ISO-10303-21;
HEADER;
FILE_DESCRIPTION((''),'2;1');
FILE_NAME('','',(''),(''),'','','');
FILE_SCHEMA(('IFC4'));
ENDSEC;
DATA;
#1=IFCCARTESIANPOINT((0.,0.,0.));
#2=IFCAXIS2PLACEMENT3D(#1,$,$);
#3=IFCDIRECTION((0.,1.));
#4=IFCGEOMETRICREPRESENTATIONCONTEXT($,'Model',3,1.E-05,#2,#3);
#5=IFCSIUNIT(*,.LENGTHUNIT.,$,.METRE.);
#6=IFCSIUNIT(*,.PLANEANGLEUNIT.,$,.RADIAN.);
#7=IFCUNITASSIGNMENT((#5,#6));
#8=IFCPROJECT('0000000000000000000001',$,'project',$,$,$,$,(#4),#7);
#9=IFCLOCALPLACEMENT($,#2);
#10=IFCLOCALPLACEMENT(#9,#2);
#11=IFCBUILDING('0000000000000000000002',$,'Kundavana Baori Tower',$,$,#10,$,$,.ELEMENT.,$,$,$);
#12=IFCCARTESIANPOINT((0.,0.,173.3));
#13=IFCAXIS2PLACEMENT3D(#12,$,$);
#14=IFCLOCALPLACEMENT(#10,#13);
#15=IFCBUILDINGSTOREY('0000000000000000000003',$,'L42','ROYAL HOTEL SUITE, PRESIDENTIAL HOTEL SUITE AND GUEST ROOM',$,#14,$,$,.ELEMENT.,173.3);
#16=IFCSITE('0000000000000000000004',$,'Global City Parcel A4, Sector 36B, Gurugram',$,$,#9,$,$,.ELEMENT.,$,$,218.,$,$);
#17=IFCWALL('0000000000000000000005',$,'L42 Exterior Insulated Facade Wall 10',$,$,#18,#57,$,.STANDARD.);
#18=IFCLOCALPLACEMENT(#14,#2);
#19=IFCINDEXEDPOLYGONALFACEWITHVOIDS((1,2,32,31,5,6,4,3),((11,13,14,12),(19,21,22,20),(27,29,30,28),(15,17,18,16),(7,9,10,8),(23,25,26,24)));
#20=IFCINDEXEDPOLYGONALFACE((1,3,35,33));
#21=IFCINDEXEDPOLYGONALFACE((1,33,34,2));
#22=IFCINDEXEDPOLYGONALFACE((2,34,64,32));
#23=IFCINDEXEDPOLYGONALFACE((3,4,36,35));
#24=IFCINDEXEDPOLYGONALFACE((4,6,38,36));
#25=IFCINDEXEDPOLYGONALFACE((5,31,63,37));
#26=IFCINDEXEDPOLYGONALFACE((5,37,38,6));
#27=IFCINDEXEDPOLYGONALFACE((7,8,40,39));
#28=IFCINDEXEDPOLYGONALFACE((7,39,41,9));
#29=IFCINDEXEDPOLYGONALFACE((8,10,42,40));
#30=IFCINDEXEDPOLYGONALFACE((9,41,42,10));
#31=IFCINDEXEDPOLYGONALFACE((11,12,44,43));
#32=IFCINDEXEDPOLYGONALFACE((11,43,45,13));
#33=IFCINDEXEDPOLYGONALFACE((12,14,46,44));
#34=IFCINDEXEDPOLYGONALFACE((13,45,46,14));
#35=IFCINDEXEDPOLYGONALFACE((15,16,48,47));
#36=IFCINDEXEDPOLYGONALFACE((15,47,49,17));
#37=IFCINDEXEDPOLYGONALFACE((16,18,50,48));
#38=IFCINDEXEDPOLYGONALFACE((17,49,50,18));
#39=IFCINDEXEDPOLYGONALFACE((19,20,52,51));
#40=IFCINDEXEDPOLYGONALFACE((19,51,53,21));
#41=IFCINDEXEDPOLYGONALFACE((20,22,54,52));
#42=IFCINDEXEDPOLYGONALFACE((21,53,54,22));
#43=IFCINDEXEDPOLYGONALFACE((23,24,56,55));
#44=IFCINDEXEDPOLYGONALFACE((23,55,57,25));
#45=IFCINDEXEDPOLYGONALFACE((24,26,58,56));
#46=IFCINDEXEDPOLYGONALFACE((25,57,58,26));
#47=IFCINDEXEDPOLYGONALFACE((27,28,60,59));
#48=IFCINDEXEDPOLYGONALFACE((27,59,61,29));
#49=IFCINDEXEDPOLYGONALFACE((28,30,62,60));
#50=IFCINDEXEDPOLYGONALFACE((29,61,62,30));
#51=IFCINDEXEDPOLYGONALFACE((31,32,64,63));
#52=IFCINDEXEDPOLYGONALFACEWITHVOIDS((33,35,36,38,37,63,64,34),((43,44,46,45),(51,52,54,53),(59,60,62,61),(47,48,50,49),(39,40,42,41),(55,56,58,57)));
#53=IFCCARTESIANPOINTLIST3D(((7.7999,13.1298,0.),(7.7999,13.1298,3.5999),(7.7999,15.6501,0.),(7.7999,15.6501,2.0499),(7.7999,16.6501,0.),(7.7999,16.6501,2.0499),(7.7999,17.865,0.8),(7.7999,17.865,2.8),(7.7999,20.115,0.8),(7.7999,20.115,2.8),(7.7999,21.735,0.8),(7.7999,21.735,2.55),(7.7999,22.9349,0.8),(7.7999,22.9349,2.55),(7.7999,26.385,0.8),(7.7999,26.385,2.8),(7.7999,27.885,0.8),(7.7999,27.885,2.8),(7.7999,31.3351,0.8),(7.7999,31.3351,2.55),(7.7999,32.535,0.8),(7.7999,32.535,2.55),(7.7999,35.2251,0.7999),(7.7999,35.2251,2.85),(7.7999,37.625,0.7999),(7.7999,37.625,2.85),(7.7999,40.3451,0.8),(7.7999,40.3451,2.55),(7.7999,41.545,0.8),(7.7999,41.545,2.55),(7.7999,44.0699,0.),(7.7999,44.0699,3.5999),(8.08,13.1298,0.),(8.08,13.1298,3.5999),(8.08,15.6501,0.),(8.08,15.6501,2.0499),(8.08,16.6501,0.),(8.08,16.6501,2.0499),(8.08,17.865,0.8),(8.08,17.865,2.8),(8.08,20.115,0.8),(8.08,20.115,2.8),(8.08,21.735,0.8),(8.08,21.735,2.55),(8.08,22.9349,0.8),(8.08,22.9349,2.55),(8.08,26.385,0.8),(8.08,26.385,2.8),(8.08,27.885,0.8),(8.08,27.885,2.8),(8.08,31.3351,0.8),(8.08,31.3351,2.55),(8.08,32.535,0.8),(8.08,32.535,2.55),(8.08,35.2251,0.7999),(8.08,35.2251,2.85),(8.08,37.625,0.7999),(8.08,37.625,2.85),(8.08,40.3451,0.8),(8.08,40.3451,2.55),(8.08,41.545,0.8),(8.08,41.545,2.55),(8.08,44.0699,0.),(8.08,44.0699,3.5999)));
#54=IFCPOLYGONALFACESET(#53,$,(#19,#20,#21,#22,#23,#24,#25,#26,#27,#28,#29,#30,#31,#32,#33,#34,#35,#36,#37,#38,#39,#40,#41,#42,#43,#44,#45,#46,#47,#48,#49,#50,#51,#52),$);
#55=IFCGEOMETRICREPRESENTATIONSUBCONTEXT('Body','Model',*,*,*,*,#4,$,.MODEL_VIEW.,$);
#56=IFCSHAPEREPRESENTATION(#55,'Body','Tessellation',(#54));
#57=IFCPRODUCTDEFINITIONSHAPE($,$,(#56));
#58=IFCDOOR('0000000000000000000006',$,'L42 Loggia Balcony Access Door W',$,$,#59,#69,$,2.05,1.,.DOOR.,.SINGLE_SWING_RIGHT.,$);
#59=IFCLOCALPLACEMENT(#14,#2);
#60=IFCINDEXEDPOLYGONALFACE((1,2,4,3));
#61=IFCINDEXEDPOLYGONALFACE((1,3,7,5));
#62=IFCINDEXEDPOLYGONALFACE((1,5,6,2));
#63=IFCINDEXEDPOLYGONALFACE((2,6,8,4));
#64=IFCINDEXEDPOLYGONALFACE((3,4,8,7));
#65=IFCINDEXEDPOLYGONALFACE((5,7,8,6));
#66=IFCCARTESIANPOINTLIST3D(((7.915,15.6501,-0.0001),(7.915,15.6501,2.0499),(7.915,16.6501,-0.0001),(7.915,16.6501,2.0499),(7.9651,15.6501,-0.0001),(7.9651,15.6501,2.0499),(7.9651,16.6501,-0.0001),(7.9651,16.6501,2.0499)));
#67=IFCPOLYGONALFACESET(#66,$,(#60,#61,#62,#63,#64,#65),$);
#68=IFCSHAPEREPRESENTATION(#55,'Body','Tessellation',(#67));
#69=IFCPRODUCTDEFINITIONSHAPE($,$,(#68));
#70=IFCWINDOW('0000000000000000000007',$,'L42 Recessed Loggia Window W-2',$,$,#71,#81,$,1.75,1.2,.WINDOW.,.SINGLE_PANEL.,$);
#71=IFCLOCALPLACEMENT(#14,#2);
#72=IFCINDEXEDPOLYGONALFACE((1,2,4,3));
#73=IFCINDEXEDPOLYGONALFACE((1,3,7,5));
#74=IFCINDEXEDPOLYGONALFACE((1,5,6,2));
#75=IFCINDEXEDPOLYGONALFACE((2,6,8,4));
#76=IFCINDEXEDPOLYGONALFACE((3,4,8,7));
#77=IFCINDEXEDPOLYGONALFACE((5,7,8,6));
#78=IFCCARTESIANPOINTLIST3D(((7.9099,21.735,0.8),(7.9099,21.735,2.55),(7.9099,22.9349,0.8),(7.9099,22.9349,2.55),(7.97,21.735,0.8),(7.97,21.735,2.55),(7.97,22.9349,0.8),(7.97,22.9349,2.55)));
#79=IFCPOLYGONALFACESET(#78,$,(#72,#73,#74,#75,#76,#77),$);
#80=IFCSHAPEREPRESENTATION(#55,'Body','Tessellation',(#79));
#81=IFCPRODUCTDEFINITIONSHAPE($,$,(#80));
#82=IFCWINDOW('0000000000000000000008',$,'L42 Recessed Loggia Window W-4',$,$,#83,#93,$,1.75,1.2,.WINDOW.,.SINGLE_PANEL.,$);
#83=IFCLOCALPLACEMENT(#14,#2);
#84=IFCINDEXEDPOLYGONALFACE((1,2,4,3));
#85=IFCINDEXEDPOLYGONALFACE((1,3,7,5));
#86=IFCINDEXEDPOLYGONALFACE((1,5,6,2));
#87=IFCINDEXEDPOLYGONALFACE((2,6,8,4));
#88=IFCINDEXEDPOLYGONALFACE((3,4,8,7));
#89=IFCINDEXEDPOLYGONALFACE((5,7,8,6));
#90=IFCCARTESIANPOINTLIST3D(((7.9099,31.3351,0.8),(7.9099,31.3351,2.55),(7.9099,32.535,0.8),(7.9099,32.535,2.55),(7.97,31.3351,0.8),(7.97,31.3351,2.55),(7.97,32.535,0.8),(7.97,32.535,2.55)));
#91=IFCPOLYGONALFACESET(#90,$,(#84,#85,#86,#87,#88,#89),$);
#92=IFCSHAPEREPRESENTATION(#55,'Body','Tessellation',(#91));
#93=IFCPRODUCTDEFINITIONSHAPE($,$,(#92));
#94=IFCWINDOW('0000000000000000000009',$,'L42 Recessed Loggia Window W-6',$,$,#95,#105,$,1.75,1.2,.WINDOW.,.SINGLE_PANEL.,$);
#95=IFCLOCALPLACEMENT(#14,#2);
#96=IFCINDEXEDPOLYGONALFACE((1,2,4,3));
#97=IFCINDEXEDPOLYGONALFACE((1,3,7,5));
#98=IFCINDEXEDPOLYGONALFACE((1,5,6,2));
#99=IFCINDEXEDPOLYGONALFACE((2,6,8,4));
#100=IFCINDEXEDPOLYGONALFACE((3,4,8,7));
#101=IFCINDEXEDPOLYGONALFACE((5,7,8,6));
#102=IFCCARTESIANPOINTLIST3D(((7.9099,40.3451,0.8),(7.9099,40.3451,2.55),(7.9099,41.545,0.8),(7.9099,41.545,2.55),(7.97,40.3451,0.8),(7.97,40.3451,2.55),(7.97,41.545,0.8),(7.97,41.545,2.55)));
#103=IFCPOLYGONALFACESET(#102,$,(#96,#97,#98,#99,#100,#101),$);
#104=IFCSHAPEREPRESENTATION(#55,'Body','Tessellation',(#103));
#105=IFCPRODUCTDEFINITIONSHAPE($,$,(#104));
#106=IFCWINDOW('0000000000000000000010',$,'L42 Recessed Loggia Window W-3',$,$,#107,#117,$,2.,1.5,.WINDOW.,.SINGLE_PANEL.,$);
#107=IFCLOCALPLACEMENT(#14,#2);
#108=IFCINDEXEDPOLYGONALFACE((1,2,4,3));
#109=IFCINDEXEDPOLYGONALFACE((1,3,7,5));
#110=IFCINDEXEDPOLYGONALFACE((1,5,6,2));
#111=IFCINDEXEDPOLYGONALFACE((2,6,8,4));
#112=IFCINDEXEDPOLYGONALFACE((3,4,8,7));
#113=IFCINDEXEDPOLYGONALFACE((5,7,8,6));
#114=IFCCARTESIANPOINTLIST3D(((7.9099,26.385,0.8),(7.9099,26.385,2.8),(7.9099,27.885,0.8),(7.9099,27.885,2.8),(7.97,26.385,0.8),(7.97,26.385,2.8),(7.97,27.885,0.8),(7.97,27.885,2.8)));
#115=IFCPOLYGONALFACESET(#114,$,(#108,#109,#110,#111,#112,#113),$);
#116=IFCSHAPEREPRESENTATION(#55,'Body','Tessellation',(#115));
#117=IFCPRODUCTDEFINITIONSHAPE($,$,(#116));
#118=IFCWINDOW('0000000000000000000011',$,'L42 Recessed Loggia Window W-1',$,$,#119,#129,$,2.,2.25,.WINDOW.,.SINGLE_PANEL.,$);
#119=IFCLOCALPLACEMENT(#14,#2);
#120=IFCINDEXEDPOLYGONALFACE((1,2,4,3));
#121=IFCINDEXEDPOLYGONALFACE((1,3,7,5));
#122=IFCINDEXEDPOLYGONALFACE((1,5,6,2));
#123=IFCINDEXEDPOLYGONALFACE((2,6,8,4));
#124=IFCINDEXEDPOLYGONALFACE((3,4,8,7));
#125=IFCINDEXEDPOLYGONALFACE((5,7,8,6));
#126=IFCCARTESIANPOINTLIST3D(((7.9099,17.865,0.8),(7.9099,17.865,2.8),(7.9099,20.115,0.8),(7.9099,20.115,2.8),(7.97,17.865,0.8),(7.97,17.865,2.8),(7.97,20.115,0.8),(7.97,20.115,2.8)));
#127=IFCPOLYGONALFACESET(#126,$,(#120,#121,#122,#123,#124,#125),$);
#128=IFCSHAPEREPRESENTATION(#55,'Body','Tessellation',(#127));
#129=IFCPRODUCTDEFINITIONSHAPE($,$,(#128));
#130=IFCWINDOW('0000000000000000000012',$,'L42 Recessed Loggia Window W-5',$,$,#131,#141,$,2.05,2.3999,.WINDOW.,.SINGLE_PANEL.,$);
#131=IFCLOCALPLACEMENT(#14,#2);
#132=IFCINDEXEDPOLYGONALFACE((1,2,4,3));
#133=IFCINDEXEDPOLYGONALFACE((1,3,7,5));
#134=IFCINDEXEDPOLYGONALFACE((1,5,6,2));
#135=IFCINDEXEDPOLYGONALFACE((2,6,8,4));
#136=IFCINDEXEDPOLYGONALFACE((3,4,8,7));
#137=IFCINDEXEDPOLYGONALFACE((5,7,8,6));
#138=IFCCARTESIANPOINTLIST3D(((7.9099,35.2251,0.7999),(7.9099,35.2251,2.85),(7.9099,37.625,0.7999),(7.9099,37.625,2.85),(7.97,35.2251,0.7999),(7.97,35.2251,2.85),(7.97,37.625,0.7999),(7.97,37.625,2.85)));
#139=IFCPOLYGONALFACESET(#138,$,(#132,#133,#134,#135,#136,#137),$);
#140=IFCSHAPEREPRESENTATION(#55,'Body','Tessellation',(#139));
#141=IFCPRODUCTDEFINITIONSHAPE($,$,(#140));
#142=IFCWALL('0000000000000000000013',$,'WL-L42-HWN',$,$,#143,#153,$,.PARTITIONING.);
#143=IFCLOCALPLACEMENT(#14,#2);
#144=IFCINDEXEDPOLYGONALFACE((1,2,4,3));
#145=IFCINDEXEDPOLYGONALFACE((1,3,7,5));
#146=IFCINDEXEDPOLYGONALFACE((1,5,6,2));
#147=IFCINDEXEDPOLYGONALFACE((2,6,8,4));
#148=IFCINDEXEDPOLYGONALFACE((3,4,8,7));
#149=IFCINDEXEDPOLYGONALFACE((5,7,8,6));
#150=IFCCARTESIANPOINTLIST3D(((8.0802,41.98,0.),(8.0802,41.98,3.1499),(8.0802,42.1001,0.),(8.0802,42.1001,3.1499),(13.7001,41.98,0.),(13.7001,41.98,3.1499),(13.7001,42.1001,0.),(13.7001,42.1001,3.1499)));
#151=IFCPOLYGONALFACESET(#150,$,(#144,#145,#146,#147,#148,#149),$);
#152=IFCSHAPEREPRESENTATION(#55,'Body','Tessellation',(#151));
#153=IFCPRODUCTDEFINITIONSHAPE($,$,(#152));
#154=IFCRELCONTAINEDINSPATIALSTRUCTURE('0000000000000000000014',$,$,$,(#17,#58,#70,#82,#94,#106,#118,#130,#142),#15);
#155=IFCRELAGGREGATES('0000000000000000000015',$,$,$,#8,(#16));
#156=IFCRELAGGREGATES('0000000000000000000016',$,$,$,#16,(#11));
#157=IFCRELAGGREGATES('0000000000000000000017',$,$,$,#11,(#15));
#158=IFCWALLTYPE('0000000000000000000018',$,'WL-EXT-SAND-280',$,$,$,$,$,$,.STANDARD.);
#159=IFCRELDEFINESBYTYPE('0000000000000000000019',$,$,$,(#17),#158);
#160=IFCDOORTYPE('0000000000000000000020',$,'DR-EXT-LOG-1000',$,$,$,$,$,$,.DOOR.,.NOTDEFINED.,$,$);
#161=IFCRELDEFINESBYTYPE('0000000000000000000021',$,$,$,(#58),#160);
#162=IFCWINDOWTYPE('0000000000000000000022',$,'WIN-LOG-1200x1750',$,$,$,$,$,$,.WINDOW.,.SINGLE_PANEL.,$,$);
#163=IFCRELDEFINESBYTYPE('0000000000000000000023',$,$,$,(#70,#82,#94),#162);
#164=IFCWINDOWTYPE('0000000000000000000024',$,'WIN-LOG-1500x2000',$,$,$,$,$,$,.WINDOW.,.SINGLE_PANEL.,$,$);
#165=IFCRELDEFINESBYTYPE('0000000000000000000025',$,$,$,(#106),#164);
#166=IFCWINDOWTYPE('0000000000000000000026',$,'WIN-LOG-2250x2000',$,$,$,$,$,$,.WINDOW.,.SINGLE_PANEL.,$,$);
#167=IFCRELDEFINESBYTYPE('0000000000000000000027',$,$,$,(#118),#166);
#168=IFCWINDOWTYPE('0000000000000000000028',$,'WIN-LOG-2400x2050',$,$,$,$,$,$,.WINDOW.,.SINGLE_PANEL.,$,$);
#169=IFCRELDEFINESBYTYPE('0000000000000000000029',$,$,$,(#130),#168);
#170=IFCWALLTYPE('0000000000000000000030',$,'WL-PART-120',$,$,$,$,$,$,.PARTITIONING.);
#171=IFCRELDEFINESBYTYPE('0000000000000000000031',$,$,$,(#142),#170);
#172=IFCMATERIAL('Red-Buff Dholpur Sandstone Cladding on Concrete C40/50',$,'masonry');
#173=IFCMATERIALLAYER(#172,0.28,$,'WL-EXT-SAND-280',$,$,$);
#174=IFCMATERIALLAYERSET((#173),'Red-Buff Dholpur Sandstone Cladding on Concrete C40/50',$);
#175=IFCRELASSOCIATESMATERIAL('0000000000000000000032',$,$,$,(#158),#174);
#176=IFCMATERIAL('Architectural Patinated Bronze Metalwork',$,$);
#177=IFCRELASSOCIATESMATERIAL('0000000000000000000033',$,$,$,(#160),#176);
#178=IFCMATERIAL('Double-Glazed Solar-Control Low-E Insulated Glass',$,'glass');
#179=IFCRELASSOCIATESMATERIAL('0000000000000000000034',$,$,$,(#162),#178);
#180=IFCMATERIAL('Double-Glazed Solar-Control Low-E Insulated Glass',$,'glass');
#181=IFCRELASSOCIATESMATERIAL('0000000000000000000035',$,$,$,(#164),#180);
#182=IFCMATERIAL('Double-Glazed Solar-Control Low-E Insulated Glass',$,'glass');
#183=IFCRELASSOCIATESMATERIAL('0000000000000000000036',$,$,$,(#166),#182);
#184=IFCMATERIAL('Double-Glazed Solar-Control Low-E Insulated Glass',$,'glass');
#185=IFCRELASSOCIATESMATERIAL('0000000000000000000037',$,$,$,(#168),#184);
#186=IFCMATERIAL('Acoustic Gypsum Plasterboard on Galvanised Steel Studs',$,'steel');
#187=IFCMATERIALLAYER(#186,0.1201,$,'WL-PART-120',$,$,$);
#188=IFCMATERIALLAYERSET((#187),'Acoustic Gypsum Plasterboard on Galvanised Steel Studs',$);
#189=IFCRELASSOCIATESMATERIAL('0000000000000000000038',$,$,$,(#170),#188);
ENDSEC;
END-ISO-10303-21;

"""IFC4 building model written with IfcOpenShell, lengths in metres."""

from ifc_helpers import new_model, si_unit, direction, frame, frame_2d, origin, place, context, subcontext, project, spatial, rectangle, extrude, material, layer, layer_set, type_object, element, fill, save


model = new_model("IFC4")

# Units and contexts
model_context = context("Model", 3, precision=1e-05, world=origin(), true_north=direction((0.0, 1.0)))
body_context = subcontext(model_context, "Body", "Model", "MODEL_VIEW")
ifc_project = project(units=[si_unit("LENGTHUNIT", "METRE"), si_unit("PLANEANGLEUNIT", "RADIAN")], contexts=[model_context])

# Site, building, storey
site_placement = place(None, origin())
site = spatial("IfcSite", under=ifc_project, at=site_placement, Name="Global City Parcel A4, Sector 36B, Gurugram", CompositionType="ELEMENT", RefElevation=218.0)
building_placement = place(site_placement, origin())
building = spatial("IfcBuilding", under=site, at=building_placement, Name="Kundavana Baori Tower", CompositionType="ELEMENT")
storey_placement = place(building_placement, frame((0.0, 0.0, 173.3)))
storey = spatial("IfcBuildingStorey", under=building, at=storey_placement, Name="L42", Description="ROYAL HOTEL SUITE, PRESIDENTIAL HOTEL SUITE AND GUEST ROOM", CompositionType="ELEMENT", Elevation=173.3)

# Shared definitions
ifc_material_1 = material(Name="Red-Buff Dholpur Sandstone Cladding on Concrete C40/50", Category="masonry")
ifc_layer_1 = layer(ifc_material_1, 0.28, Name="WL-EXT-SAND-280")
ifc_layer_set_1 = layer_set([ifc_layer_1], Name="Red-Buff Dholpur Sandstone Cladding on Concrete C40/50")
wall_type_1 = type_object("IfcWallType", Name="WL-EXT-SAND-280", PredefinedType="STANDARD", material=ifc_layer_set_1)

# Wall, openings, door, windows
wall_1_placement = place(storey_placement, frame((7.9399, 44.0701, 0.0), z_axis=(0.0, 0.0, 1.0), x_axis=(0.0, -1.0, 0.0)))
wall_1 = element("IfcWall", 1, at=wall_1_placement, inside=storey, type_object=wall_type_1, Name="L42 Exterior Insulated Facade Wall 10", PredefinedType="STANDARD", context=body_context, shape_type="SweptSolid", body=[
    extrude(rectangle(XDim=30.9402, YDim=0.28, at=frame_2d((15.4702, 0.0))), origin(), (0.0, 0.0, 1.0), 3.5999),
])
opening_1_placement = place(wall_1_placement, frame((27.4199, 0.0, 0.0)))
opening_1 = element("IfcOpeningElement", 2, at=opening_1_placement, cuts=wall_1, PredefinedType="OPENING", context=body_context, shape_type="SweptSolid", body=[
    extrude(rectangle(XDim=1.0, YDim=2.05, at=frame_2d((0.5, 1.0249))), frame((0.0, 0.1499, 0.0), z_axis=(0.0, -1.0, 0.0), x_axis=(1.0, 0.0, 0.0)), (0.0, 0.0, 1.0), 0.3),
])
opening_2_placement = place(wall_1_placement, frame((23.9551, 0.0, 0.8)))
opening_2 = element("IfcOpeningElement", 3, at=opening_2_placement, cuts=wall_1, PredefinedType="OPENING", context=body_context, shape_type="SweptSolid", body=[
    extrude(rectangle(XDim=2.25, YDim=2.0, at=frame_2d((1.125, 1.0))), frame((0.0, 0.1499, 0.0), z_axis=(0.0, -1.0, 0.0), x_axis=(1.0, 0.0, 0.0)), (0.0, 0.0, 1.0), 0.3),
])
opening_3_placement = place(wall_1_placement, frame((21.135, 0.0, 0.8)))
opening_3 = element("IfcOpeningElement", 4, at=opening_3_placement, cuts=wall_1, PredefinedType="OPENING", context=body_context, shape_type="SweptSolid", body=[
    extrude(rectangle(XDim=1.2, YDim=1.75, at=frame_2d((0.6001, 0.875))), frame((0.0, 0.1499, 0.0), z_axis=(0.0, -1.0, 0.0), x_axis=(1.0, 0.0, 0.0)), (0.0, 0.0, 1.0), 0.3),
])
opening_4_placement = place(wall_1_placement, frame((16.1851, 0.0, 0.8)))
opening_4 = element("IfcOpeningElement", 5, at=opening_4_placement, cuts=wall_1, PredefinedType="OPENING", context=body_context, shape_type="SweptSolid", body=[
    extrude(rectangle(XDim=1.5, YDim=2.0, at=frame_2d((0.75, 1.0))), frame((0.0, 0.1499, 0.0), z_axis=(0.0, -1.0, 0.0), x_axis=(1.0, 0.0, 0.0)), (0.0, 0.0, 1.0), 0.3),
])
opening_5_placement = place(wall_1_placement, frame((11.5349, 0.0, 0.8)))
opening_5 = element("IfcOpeningElement", 6, at=opening_5_placement, cuts=wall_1, PredefinedType="OPENING", context=body_context, shape_type="SweptSolid", body=[
    extrude(rectangle(XDim=1.2, YDim=1.75, at=frame_2d((0.6001, 0.875))), frame((0.0, 0.1499, 0.0), z_axis=(0.0, -1.0, 0.0), x_axis=(1.0, 0.0, 0.0)), (0.0, 0.0, 1.0), 0.3),
])
opening_6_placement = place(wall_1_placement, frame((6.4451, 0.0, 0.8)))
opening_6 = element("IfcOpeningElement", 7, at=opening_6_placement, cuts=wall_1, PredefinedType="OPENING", context=body_context, shape_type="SweptSolid", body=[
    extrude(rectangle(XDim=2.3999, YDim=2.05, at=frame_2d((1.2, 1.0249))), frame((0.0, 0.1499, 0.0), z_axis=(0.0, -1.0, 0.0), x_axis=(1.0, 0.0, 0.0)), (0.0, 0.0, 1.0), 0.3),
])
opening_7_placement = place(wall_1_placement, frame((2.5249, 0.0, 0.8)))
opening_7 = element("IfcOpeningElement", 8, at=opening_7_placement, cuts=wall_1, PredefinedType="OPENING", context=body_context, shape_type="SweptSolid", body=[
    extrude(rectangle(XDim=1.2, YDim=1.75, at=frame_2d((0.6001, 0.875))), frame((0.0, 0.1499, 0.0), z_axis=(0.0, -1.0, 0.0), x_axis=(1.0, 0.0, 0.0)), (0.0, 0.0, 1.0), 0.3),
])
ifc_material_2 = material(Name="Architectural Patinated Bronze Metalwork")
door_type_1 = type_object("IfcDoorType", Name="DR-EXT-LOG-1000", OperationType="NOTDEFINED", PredefinedType="DOOR", material=ifc_material_2)
door_1_placement = place(opening_1_placement, frame((1.0, 0.0, 0.0), z_axis=(0.0, 0.0, 1.0), x_axis=(-1.0, 0.0, 0.0)))
door_1 = element("IfcDoor", 9, at=door_1_placement, inside=storey, type_object=door_type_1, Name="L42 Loggia Balcony Access Door W", OperationType="SINGLE_SWING_RIGHT", OverallHeight=2.05, OverallWidth=1.0, PredefinedType="DOOR", context=body_context, shape_type="SweptSolid", body=[
    extrude(rectangle(XDim=1.0, YDim=2.05, at=frame_2d((0.5, 1.0249))), frame((0.0, 0.0249, 0.0), z_axis=(0.0, -1.0, 0.0), x_axis=(1.0, 0.0, 0.0)), (0.0, 0.0, 1.0), 0.05),
])
fill(opening_1, door_1)
ifc_material_3 = material(Name="Double-Glazed Solar-Control Low-E Insulated Glass", Category="glass")
window_type_1 = type_object("IfcWindowType", Name="WIN-LOG-1200x1750", PartitioningType="SINGLE_PANEL", PredefinedType="WINDOW", material=ifc_material_3)
window_1_placement = place(opening_3_placement, origin())
window_1 = element("IfcWindow", 10, at=window_1_placement, inside=storey, type_object=window_type_1, Name="L42 Recessed Loggia Window W-2", OverallHeight=1.75, OverallWidth=1.2, PartitioningType="SINGLE_PANEL", PredefinedType="WINDOW", context=body_context, shape_type="SweptSolid", body=[
    extrude(rectangle(XDim=1.2, YDim=1.75, at=frame_2d((0.6001, 0.875))), frame((0.0, 0.03, 0.0), z_axis=(0.0, -1.0, 0.0), x_axis=(1.0, 0.0, 0.0)), (0.0, 0.0, 1.0), 0.0601),
])
fill(opening_3, window_1)
window_2_placement = place(opening_5_placement, origin())
window_2 = element("IfcWindow", 11, at=window_2_placement, inside=storey, type_object=window_type_1, Name="L42 Recessed Loggia Window W-4", OverallHeight=1.75, OverallWidth=1.2, PartitioningType="SINGLE_PANEL", PredefinedType="WINDOW", context=body_context, shape_type="SweptSolid", body=[
    extrude(rectangle(XDim=1.2, YDim=1.75, at=frame_2d((0.6001, 0.875))), frame((0.0, 0.03, 0.0), z_axis=(0.0, -1.0, 0.0), x_axis=(1.0, 0.0, 0.0)), (0.0, 0.0, 1.0), 0.0601),
])
fill(opening_5, window_2)
window_3_placement = place(opening_7_placement, origin())
window_3 = element("IfcWindow", 12, at=window_3_placement, inside=storey, type_object=window_type_1, Name="L42 Recessed Loggia Window W-6", OverallHeight=1.75, OverallWidth=1.2, PartitioningType="SINGLE_PANEL", PredefinedType="WINDOW", context=body_context, shape_type="SweptSolid", body=[
    extrude(rectangle(XDim=1.2, YDim=1.75, at=frame_2d((0.6001, 0.875))), frame((0.0, 0.03, 0.0), z_axis=(0.0, -1.0, 0.0), x_axis=(1.0, 0.0, 0.0)), (0.0, 0.0, 1.0), 0.0601),
])
fill(opening_7, window_3)
ifc_material_4 = material(Name="Double-Glazed Solar-Control Low-E Insulated Glass", Category="glass")
window_type_2 = type_object("IfcWindowType", Name="WIN-LOG-1500x2000", PartitioningType="SINGLE_PANEL", PredefinedType="WINDOW", material=ifc_material_4)
window_4_placement = place(opening_4_placement, origin())
window_4 = element("IfcWindow", 13, at=window_4_placement, inside=storey, type_object=window_type_2, Name="L42 Recessed Loggia Window W-3", OverallHeight=2.0, OverallWidth=1.5, PartitioningType="SINGLE_PANEL", PredefinedType="WINDOW", context=body_context, shape_type="SweptSolid", body=[
    extrude(rectangle(XDim=1.5, YDim=2.0, at=frame_2d((0.75, 1.0))), frame((0.0, 0.03, 0.0), z_axis=(0.0, -1.0, 0.0), x_axis=(1.0, 0.0, 0.0)), (0.0, 0.0, 1.0), 0.0601),
])
fill(opening_4, window_4)
ifc_material_5 = material(Name="Double-Glazed Solar-Control Low-E Insulated Glass", Category="glass")
window_type_3 = type_object("IfcWindowType", Name="WIN-LOG-2250x2000", PartitioningType="SINGLE_PANEL", PredefinedType="WINDOW", material=ifc_material_5)
window_5_placement = place(opening_2_placement, origin())
window_5 = element("IfcWindow", 14, at=window_5_placement, inside=storey, type_object=window_type_3, Name="L42 Recessed Loggia Window W-1", OverallHeight=2.0, OverallWidth=2.25, PartitioningType="SINGLE_PANEL", PredefinedType="WINDOW", context=body_context, shape_type="SweptSolid", body=[
    extrude(rectangle(XDim=2.25, YDim=2.0, at=frame_2d((1.125, 1.0))), frame((0.0, 0.03, 0.0), z_axis=(0.0, -1.0, 0.0), x_axis=(1.0, 0.0, 0.0)), (0.0, 0.0, 1.0), 0.0601),
])
fill(opening_2, window_5)
ifc_material_6 = material(Name="Double-Glazed Solar-Control Low-E Insulated Glass", Category="glass")
window_type_4 = type_object("IfcWindowType", Name="WIN-LOG-2400x2050", PartitioningType="SINGLE_PANEL", PredefinedType="WINDOW", material=ifc_material_6)
window_6_placement = place(opening_6_placement, origin())
window_6 = element("IfcWindow", 15, at=window_6_placement, inside=storey, type_object=window_type_4, Name="L42 Recessed Loggia Window W-5", OverallHeight=2.05, OverallWidth=2.3999, PartitioningType="SINGLE_PANEL", PredefinedType="WINDOW", context=body_context, shape_type="SweptSolid", body=[
    extrude(rectangle(XDim=2.3999, YDim=2.05, at=frame_2d((1.2, 1.0249))), frame((0.0, 0.03, 0.0), z_axis=(0.0, -1.0, 0.0), x_axis=(1.0, 0.0, 0.0)), (0.0, 0.0, 1.0), 0.0601),
])
fill(opening_6, window_6)

# Wall
ifc_material_7 = material(Name="Acoustic Gypsum Plasterboard on Galvanised Steel Studs", Category="steel")
ifc_layer_2 = layer(ifc_material_7, 0.1201, Name="WL-PART-120")
ifc_layer_set_2 = layer_set([ifc_layer_2], Name="Acoustic Gypsum Plasterboard on Galvanised Steel Studs")
wall_type_2 = type_object("IfcWallType", Name="WL-PART-120", PredefinedType="PARTITIONING", material=ifc_layer_set_2)
wall_2_placement = place(storey_placement, frame((8.0801, 42.04, 0.0), z_axis=(0.0, 0.0, 1.0), x_axis=(1.0, 0.0, 0.0)))
element("IfcWall", 16, at=wall_2_placement, inside=storey, type_object=wall_type_2, Name="WL-L42-HWN", PredefinedType="PARTITIONING", context=body_context, shape_type="SweptSolid", body=[
    extrude(rectangle(XDim=5.6199, YDim=0.1201, at=frame_2d((2.8101, 0.0))), origin(), (0.0, 0.0, 1.0), 3.1499),
])

save(model, "model.ifc")
